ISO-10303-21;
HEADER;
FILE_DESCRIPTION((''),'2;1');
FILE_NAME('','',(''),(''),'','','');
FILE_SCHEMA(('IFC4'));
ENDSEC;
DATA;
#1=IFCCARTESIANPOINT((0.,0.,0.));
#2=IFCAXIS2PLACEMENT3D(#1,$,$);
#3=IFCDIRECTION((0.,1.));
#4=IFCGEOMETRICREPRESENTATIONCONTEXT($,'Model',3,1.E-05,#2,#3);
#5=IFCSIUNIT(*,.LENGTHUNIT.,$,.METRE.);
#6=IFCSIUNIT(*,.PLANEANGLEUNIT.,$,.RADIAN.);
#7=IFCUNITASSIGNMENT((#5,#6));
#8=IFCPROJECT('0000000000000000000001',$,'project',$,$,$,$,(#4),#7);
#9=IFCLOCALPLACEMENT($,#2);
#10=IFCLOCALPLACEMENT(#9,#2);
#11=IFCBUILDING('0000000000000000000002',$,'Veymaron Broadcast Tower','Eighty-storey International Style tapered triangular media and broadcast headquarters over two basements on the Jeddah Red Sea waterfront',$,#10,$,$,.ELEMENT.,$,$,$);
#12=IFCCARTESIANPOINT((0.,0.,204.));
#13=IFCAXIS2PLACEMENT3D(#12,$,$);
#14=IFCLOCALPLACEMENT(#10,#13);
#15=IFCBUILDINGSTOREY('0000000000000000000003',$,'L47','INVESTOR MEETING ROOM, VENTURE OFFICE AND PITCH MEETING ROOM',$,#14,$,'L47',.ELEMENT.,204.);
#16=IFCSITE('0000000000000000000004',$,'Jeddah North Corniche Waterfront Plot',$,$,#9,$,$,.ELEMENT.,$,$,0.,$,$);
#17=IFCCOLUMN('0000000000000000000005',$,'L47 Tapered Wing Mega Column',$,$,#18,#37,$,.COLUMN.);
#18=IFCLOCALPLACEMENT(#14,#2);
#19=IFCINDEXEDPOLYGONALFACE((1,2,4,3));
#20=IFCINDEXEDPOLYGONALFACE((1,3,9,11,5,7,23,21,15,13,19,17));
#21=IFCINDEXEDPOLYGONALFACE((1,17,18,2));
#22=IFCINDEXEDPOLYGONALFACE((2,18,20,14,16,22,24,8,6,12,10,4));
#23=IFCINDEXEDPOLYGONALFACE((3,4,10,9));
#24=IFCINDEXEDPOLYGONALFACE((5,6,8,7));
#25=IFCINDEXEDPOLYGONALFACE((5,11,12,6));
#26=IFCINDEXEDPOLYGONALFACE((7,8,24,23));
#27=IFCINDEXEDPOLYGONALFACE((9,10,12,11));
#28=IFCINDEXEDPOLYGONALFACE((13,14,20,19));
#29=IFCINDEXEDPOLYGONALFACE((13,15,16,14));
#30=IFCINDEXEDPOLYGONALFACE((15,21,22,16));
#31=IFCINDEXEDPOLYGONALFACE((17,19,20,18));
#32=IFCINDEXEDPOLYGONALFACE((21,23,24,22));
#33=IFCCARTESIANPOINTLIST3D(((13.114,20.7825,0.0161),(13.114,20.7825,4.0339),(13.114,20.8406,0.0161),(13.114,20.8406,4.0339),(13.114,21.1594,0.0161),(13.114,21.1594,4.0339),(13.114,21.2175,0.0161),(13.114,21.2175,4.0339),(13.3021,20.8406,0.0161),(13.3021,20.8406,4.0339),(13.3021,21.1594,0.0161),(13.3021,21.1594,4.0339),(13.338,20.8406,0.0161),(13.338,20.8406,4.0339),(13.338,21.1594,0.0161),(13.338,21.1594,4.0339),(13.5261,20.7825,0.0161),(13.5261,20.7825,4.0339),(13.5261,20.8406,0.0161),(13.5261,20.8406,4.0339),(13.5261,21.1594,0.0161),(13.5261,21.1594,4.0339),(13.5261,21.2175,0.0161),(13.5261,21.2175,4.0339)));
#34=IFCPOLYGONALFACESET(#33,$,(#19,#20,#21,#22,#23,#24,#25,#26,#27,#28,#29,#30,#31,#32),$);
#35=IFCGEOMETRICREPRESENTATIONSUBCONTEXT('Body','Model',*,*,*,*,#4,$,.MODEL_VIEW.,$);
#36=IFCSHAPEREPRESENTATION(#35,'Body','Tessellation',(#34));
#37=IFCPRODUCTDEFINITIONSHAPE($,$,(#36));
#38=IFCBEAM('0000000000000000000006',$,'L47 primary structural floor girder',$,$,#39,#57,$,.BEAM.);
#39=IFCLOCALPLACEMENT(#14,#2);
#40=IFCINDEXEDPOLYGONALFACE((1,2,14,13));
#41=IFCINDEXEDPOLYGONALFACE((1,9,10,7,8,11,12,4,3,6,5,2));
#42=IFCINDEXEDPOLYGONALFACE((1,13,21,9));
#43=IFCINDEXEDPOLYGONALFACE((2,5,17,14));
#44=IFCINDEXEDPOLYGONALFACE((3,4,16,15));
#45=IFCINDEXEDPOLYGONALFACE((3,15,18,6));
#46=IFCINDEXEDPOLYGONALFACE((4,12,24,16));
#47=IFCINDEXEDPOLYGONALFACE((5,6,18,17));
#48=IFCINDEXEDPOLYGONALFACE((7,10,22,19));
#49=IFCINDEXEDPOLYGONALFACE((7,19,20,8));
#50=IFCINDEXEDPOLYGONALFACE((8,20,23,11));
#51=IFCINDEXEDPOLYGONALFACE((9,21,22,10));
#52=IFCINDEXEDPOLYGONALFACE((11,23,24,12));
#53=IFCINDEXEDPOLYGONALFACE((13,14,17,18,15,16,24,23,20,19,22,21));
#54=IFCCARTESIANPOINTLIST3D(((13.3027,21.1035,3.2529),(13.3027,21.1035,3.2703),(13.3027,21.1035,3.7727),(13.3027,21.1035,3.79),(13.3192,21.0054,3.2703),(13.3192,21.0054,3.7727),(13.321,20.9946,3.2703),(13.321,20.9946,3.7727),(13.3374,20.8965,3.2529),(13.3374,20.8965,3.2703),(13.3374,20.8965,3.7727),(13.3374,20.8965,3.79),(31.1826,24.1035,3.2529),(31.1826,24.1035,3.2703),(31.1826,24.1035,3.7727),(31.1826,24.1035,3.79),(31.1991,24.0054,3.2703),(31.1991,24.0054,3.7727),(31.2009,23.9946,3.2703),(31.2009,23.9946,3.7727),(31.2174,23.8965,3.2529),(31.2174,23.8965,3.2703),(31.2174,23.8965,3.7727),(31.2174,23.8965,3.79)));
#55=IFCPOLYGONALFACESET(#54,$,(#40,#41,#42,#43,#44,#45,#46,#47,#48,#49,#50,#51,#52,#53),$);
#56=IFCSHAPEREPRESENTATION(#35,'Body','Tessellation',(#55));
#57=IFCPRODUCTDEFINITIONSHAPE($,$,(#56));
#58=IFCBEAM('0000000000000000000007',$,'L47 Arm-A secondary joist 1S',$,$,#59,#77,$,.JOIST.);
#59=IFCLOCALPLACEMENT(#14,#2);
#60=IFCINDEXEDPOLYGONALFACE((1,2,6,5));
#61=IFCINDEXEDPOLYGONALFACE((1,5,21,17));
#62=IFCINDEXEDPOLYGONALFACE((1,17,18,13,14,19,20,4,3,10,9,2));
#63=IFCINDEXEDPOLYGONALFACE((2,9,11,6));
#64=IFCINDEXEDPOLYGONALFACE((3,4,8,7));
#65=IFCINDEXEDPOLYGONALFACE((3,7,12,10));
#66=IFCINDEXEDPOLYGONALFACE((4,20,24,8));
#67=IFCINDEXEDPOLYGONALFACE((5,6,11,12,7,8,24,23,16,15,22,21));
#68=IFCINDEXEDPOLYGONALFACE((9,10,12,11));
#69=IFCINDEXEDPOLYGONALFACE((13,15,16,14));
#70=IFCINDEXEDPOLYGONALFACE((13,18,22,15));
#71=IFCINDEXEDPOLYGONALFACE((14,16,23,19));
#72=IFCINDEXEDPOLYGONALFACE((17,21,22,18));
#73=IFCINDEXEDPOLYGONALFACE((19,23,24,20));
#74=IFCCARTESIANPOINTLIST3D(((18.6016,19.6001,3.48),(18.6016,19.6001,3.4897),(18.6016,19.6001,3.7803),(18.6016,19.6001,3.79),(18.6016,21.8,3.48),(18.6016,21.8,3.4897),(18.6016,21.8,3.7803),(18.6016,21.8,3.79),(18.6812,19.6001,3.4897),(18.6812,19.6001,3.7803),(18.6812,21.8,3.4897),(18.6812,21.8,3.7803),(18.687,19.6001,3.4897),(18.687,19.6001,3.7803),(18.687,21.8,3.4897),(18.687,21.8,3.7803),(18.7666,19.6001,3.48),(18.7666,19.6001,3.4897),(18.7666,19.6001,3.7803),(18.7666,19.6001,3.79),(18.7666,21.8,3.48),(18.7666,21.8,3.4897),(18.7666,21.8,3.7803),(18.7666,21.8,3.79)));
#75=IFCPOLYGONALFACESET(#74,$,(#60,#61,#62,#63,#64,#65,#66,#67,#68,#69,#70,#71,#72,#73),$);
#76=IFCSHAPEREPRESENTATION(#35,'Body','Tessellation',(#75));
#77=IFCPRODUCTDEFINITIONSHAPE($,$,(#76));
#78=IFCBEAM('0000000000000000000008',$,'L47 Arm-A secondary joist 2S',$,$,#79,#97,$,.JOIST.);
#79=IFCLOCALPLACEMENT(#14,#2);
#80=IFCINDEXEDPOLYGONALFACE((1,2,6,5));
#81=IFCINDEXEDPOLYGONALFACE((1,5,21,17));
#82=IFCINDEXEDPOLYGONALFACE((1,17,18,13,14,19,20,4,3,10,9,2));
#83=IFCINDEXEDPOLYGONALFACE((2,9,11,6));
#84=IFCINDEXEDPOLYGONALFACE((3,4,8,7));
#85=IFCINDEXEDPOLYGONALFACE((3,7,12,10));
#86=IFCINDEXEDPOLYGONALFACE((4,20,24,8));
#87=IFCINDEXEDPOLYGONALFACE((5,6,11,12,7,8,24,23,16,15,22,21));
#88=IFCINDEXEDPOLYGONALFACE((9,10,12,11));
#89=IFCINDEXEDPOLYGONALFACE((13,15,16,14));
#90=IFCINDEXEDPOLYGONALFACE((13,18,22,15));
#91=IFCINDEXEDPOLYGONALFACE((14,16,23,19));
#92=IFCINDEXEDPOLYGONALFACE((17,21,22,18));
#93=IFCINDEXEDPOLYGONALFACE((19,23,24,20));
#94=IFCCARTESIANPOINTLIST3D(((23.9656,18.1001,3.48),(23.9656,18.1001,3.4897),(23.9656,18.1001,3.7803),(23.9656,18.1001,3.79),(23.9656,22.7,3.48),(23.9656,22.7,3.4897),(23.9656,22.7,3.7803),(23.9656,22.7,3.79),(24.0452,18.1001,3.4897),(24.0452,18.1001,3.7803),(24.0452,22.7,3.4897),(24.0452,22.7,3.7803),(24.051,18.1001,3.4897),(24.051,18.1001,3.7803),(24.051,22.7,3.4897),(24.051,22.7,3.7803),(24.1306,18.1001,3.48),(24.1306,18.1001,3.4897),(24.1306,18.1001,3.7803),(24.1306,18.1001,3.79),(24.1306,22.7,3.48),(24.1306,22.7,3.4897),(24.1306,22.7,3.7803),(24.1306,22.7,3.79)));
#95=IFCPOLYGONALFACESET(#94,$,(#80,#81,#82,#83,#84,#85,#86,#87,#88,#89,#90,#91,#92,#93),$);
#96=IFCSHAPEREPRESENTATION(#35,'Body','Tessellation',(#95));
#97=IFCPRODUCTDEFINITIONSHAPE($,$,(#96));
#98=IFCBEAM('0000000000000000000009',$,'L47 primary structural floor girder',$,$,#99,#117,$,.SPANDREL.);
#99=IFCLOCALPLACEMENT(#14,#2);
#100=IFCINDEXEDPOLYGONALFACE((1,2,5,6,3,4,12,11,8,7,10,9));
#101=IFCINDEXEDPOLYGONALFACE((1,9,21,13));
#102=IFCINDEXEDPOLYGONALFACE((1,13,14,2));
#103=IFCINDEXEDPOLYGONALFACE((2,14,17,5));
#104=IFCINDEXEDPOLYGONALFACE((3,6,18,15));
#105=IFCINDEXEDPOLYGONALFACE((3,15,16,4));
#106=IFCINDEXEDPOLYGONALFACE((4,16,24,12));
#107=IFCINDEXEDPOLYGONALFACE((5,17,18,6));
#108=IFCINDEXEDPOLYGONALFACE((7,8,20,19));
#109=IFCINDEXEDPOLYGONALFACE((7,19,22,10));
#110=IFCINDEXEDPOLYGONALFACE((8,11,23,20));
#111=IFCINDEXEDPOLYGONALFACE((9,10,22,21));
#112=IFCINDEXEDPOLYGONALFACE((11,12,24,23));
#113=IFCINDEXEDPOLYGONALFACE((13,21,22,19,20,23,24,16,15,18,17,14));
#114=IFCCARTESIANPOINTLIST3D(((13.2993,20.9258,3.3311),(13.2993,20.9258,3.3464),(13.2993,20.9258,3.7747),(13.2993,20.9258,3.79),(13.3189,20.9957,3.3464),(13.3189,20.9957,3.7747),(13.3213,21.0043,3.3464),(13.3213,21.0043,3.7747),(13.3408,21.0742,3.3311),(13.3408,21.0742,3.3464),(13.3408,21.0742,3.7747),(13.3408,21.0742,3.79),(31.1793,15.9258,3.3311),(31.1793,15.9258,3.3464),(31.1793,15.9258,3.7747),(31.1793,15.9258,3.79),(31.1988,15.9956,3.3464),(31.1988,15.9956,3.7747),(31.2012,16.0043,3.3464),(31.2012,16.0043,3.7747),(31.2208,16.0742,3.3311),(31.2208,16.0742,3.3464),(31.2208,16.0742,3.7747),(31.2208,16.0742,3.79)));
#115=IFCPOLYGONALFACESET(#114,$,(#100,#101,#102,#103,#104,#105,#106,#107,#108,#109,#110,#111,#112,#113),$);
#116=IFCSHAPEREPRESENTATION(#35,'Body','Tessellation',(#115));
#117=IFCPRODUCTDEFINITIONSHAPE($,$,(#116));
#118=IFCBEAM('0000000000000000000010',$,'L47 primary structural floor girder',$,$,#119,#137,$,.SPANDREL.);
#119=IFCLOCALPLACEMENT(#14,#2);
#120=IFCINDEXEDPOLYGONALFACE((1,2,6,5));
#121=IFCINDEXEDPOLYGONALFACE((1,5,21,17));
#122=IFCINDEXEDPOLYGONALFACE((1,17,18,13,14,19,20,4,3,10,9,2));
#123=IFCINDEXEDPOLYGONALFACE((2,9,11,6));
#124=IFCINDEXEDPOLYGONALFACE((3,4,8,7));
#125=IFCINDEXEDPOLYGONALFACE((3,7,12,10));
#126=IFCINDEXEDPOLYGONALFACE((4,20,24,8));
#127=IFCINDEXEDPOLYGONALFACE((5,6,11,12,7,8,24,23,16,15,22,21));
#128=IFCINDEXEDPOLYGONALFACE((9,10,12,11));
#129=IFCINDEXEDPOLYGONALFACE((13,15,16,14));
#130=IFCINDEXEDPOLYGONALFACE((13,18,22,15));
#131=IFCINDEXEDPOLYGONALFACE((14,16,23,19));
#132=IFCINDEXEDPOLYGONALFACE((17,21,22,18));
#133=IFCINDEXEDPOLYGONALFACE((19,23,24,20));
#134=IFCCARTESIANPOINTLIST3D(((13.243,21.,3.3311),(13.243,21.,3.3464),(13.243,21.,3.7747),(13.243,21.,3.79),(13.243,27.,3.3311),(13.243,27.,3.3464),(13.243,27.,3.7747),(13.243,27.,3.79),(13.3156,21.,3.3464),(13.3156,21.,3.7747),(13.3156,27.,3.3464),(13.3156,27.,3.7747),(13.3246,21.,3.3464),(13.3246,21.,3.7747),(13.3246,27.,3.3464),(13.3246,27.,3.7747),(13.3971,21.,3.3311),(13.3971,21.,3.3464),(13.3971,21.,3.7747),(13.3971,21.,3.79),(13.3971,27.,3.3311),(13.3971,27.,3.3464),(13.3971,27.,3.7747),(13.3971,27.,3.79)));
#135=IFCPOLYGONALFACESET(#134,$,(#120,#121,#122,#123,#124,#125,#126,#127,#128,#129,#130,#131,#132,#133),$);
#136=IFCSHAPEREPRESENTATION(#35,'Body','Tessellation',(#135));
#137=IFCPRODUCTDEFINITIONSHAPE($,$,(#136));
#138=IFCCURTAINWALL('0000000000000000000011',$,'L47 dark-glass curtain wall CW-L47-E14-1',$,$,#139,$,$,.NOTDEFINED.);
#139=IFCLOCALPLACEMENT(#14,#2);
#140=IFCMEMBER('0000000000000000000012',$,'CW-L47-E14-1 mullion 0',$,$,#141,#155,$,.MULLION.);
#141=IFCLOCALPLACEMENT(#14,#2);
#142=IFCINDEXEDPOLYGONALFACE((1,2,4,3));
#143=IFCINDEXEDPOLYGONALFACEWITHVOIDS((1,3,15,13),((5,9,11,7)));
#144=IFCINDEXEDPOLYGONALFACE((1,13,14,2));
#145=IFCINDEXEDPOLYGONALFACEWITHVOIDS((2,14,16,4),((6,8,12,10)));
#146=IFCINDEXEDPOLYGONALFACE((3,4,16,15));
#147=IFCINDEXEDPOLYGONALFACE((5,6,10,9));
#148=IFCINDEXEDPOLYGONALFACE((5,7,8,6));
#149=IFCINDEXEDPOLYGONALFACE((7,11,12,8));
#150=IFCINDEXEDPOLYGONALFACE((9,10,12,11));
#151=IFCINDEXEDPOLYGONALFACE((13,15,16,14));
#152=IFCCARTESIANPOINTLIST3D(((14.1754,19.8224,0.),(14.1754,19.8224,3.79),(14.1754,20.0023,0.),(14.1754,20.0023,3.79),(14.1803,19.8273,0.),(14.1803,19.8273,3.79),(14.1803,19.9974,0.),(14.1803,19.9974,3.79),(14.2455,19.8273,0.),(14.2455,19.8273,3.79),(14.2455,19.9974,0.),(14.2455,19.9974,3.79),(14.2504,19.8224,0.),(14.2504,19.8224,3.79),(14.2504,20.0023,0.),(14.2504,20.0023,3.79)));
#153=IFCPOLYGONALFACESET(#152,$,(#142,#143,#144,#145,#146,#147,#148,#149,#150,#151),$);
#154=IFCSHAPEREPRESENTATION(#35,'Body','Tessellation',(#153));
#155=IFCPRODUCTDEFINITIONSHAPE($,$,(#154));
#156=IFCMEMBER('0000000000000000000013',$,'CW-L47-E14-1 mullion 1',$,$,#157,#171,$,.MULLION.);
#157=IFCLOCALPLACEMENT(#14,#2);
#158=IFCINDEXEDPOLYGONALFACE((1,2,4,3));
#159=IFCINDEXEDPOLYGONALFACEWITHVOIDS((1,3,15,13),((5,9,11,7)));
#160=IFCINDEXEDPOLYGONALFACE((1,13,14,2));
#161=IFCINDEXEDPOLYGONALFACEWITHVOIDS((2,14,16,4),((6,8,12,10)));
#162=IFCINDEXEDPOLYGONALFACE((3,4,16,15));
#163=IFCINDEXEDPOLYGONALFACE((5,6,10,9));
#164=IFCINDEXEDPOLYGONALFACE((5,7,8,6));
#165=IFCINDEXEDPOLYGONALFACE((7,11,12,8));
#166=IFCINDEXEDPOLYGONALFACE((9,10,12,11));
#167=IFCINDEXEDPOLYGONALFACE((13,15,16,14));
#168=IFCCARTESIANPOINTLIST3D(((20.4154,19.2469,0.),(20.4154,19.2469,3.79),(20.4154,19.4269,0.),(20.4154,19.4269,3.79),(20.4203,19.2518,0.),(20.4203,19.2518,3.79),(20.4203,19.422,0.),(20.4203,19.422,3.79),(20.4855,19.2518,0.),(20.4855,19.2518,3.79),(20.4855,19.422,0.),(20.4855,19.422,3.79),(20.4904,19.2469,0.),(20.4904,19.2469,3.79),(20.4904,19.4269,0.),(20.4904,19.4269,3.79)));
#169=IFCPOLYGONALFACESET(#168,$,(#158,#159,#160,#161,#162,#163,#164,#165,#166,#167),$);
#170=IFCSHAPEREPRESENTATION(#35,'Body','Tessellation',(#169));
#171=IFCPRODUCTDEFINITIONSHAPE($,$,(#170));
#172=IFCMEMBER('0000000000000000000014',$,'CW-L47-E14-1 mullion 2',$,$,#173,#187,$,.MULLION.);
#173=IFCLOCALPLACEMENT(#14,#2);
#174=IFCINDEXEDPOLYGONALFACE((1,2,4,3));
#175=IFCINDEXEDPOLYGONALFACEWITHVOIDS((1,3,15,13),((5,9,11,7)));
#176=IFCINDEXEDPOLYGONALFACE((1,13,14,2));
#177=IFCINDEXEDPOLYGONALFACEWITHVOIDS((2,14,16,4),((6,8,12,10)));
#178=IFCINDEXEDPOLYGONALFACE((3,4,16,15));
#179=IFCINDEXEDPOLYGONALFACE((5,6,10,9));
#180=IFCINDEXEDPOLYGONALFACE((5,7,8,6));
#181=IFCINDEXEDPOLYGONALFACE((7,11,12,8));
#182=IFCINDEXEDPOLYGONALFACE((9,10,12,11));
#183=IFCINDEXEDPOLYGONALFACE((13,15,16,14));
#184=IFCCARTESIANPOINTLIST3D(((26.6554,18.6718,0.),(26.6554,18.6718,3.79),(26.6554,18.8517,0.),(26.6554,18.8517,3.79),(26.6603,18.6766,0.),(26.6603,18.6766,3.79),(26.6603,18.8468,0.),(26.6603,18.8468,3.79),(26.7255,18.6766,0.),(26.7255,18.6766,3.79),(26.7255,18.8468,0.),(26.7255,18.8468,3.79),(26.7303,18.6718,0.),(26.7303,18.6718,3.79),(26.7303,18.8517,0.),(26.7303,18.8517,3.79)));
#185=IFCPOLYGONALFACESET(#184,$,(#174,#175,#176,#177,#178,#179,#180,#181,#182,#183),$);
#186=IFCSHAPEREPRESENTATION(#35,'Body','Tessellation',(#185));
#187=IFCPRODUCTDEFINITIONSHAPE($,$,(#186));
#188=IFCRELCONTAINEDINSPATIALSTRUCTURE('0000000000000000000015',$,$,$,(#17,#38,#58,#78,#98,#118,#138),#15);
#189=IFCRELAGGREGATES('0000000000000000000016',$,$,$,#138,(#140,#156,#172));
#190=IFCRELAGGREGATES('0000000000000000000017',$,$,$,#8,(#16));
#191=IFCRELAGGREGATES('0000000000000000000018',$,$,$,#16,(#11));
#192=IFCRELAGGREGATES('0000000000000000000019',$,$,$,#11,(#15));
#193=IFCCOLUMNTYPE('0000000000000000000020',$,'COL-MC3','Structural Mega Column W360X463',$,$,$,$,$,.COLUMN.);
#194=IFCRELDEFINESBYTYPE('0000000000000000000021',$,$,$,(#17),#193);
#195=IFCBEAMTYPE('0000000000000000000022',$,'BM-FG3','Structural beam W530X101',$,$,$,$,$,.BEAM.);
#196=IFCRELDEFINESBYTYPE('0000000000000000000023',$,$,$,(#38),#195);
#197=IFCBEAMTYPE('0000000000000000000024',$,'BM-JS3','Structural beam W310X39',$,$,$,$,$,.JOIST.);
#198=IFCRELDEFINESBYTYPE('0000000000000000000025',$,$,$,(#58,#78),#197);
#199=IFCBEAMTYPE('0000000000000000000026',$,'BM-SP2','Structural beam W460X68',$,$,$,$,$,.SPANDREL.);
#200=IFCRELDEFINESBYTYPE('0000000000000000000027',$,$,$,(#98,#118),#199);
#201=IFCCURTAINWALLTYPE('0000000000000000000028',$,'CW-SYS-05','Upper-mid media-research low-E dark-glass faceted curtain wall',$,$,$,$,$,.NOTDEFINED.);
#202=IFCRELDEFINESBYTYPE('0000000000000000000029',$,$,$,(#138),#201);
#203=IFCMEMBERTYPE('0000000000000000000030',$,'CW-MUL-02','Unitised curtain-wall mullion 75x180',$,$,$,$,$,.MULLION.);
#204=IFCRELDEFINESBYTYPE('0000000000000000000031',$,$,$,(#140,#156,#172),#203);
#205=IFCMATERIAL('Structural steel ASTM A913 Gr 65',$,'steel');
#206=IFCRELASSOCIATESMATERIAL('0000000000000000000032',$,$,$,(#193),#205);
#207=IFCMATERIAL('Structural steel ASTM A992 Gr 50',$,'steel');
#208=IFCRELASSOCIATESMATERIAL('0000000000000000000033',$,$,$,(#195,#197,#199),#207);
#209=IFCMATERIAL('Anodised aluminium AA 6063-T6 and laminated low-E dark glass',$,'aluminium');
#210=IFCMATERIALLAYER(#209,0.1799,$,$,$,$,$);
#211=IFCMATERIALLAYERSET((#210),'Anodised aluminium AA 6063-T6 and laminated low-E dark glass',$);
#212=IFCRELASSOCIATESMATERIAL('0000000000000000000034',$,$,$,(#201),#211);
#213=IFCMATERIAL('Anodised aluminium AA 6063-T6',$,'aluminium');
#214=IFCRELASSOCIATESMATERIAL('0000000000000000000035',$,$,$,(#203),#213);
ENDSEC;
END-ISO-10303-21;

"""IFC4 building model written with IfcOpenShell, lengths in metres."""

from ifc_helpers import new_model, si_unit, direction, frame, origin, origin_2d, place, context, subcontext, project, spatial, hollow_rectangle, i_section, extrude, material, layer, layer_set, material_profile, profile_set, type_object, element, aggregate, save


model = new_model("IFC4")

# Units and contexts
model_context = context("Model", 3, precision=1e-05, world=origin(), true_north=direction((0.0, 1.0)))
body_context = subcontext(model_context, "Body", "Model", "MODEL_VIEW")
ifc_project = project(units=[si_unit("LENGTHUNIT", "METRE"), si_unit("PLANEANGLEUNIT", "RADIAN")], contexts=[model_context])

# Site, building, storey
site_placement = place(None, origin())
site = spatial("IfcSite", under=ifc_project, at=site_placement, Name="Jeddah North Corniche Waterfront Plot", CompositionType="ELEMENT", RefElevation=0.0)
building_placement = place(site_placement, origin())
building = spatial("IfcBuilding", under=site, at=building_placement, Name="Veymaron Broadcast Tower", Description="Eighty-storey International Style tapered triangular media and broadcast headquarters over two basements on the Jeddah Red Sea waterfront", CompositionType="ELEMENT")
storey_placement = place(building_placement, frame((0.0, 0.0, 204.0)))
storey = spatial("IfcBuildingStorey", under=building, at=storey_placement, Name="L47", Description="INVESTOR MEETING ROOM, VENTURE OFFICE AND PITCH MEETING ROOM", LongName="L47", CompositionType="ELEMENT", Elevation=204.0)

# Column
ifc_material_1 = material(Name="Structural steel ASTM A913 Gr 65", Category="steel")
ifc_material_profile_1 = material_profile(ifc_material_1, i_section(OverallWidth=0.4121, OverallDepth=0.4351, WebThickness=0.0359, FlangeThickness=0.0581, at=origin_2d()), Name="W360X463")
ifc_profile_set_1 = profile_set([ifc_material_profile_1], Name="Structural steel ASTM A913 Gr 65")
column_type = type_object("IfcColumnType", Name="COL-MC3", Description="Structural Mega Column W360X463", PredefinedType="COLUMN", material=ifc_profile_set_1)
column_placement = place(storey_placement, frame((13.3201, 21.0, 0.0161), z_axis=(0.0, 0.0, 1.0), x_axis=(1.0, 0.0, 0.0)))
element("IfcColumn", 1, at=column_placement, inside=storey, type_object=column_type, Name="L47 Tapered Wing Mega Column", PredefinedType="COLUMN", context=body_context, shape_type="SweptSolid", body=[
    extrude(i_section(OverallWidth=0.4121, OverallDepth=0.4351, WebThickness=0.0359, FlangeThickness=0.0581, at=origin_2d()), origin(), (0.0, 0.0, 1.0), 4.0178),
])

# Beams
ifc_material_2 = material(Name="Structural steel ASTM A992 Gr 50", Category="steel")
ifc_material_profile_2 = material_profile(ifc_material_2, i_section(OverallWidth=0.21, OverallDepth=0.5371, WebThickness=0.011, FlangeThickness=0.0173, at=origin_2d()), Name="W530X101")
ifc_profile_set_2 = profile_set([ifc_material_profile_2], Name="Structural steel ASTM A992 Gr 50")
beam_type_1 = type_object("IfcBeamType", Name="BM-FG3", Description="Structural beam W530X101", PredefinedType="BEAM", material=ifc_profile_set_2)
beam_1_placement = place(storey_placement, frame((13.3201, 21.0, 3.5215), z_axis=(0.986214, 0.165473, 0.0), x_axis=(-0.165473, 0.986214, 0.0)))
element("IfcBeam", 2, at=beam_1_placement, inside=storey, type_object=beam_type_1, Name="L47 primary structural floor girder", PredefinedType="BEAM", context=body_context, shape_type="SweptSolid", body=[
    extrude(i_section(OverallWidth=0.21, OverallDepth=0.5371, WebThickness=0.011, FlangeThickness=0.0173, at=origin_2d()), origin(), (0.0, 0.0, 1.0), 18.1299),
])
ifc_material_profile_3 = material_profile(ifc_material_2, i_section(OverallWidth=0.165, OverallDepth=0.3101, WebThickness=0.0059, FlangeThickness=0.0098, at=origin_2d()), Name="W310X39")
ifc_profile_set_3 = profile_set([ifc_material_profile_3], Name="Structural steel ASTM A992 Gr 50")
beam_type_2 = type_object("IfcBeamType", Name="BM-JS3", Description="Structural beam W310X39", PredefinedType="JOIST", material=ifc_profile_set_3)
beam_2_placement = place(storey_placement, frame((18.6841, 19.6001, 3.635), z_axis=(0.0, 1.0, 0.0), x_axis=(-1.0, 0.0, 0.0)))
element("IfcBeam", 3, at=beam_2_placement, inside=storey, type_object=beam_type_2, Name="L47 Arm-A secondary joist 1S", PredefinedType="JOIST", context=body_context, shape_type="SweptSolid", body=[
    extrude(i_section(OverallWidth=0.165, OverallDepth=0.3101, WebThickness=0.0059, FlangeThickness=0.0098, at=origin_2d()), origin(), (0.0, 0.0, 1.0), 2.2),
])
beam_3_placement = place(storey_placement, frame((24.0481, 18.1001, 3.635), z_axis=(0.0, 1.0, 0.0), x_axis=(-1.0, 0.0, 0.0)))
element("IfcBeam", 4, at=beam_3_placement, inside=storey, type_object=beam_type_2, Name="L47 Arm-A secondary joist 2S", PredefinedType="JOIST", context=body_context, shape_type="SweptSolid", body=[
    extrude(i_section(OverallWidth=0.165, OverallDepth=0.3101, WebThickness=0.0059, FlangeThickness=0.0098, at=origin_2d()), origin(), (0.0, 0.0, 1.0), 4.5999),
])
ifc_material_profile_4 = material_profile(ifc_material_2, i_section(OverallWidth=0.1541, OverallDepth=0.459, WebThickness=0.009, FlangeThickness=0.0154, at=origin_2d()), Name="W460X68")
ifc_profile_set_4 = profile_set([ifc_material_profile_4], Name="Structural steel ASTM A992 Gr 50")
beam_type_3 = type_object("IfcBeamType", Name="BM-SP2", Description="Structural beam W460X68", PredefinedType="SPANDREL", material=ifc_profile_set_4)
beam_4_placement = place(storey_placement, frame((13.3201, 21.0, 3.5605), z_axis=(0.963053, -0.269312, 0.0), x_axis=(0.269312, 0.963053, 0.0)))
element("IfcBeam", 5, at=beam_4_placement, inside=storey, type_object=beam_type_3, Name="L47 primary structural floor girder", PredefinedType="SPANDREL", context=body_context, shape_type="SweptSolid", body=[
    extrude(i_section(OverallWidth=0.1541, OverallDepth=0.459, WebThickness=0.009, FlangeThickness=0.0154, at=origin_2d()), origin(), (0.0, 0.0, 1.0), 18.5659),
])
beam_5_placement = place(storey_placement, frame((13.3201, 21.0, 3.5605), z_axis=(0.0, 1.0, 0.0), x_axis=(-1.0, 0.0, 0.0)))
element("IfcBeam", 6, at=beam_5_placement, inside=storey, type_object=beam_type_3, Name="L47 primary structural floor girder", PredefinedType="SPANDREL", context=body_context, shape_type="SweptSolid", body=[
    extrude(i_section(OverallWidth=0.1541, OverallDepth=0.459, WebThickness=0.009, FlangeThickness=0.0154, at=origin_2d()), origin(), (0.0, 0.0, 1.0), 6.0),
])

# Curtain wall, members
ifc_material_3 = material(Name="Anodised aluminium AA 6063-T6 and laminated low-E dark glass", Category="aluminium")
ifc_layer_1 = layer(ifc_material_3, 0.1799)
ifc_layer_set_1 = layer_set([ifc_layer_1], Name="Anodised aluminium AA 6063-T6 and laminated low-E dark glass")
curtain_wall_type = type_object("IfcCurtainWallType", Name="CW-SYS-05", Description="Upper-mid media-research low-E dark-glass faceted curtain wall", PredefinedType="NOTDEFINED", material=ifc_layer_set_1)
curtain_wall_placement = place(storey_placement, origin())
curtain_wall = element("IfcCurtainWall", 7, at=curtain_wall_placement, inside=storey, type_object=curtain_wall_type, Name="L47 dark-glass curtain wall CW-L47-E14-1", PredefinedType="NOTDEFINED")
ifc_material_4 = material(Name="Anodised aluminium AA 6063-T6", Category="aluminium")
ifc_material_profile_5 = material_profile(ifc_material_4, hollow_rectangle(XDim=0.075, YDim=0.1799, WallThickness=0.0049, at=origin_2d()), Name="AL180X75X5")
ifc_profile_set_5 = profile_set([ifc_material_profile_5], Name="Anodised aluminium AA 6063-T6")
member_type_1 = type_object("IfcMemberType", Name="CW-MUL-02", Description="Unitised curtain-wall mullion 75x180", PredefinedType="MULLION", material=ifc_profile_set_5)
member_1_placement = place(storey_placement, frame((14.2129, 19.9124, 0.0), z_axis=(0.0, 0.0, 1.0), x_axis=(1.0, 0.0, 0.0)))
member_1 = element("IfcMember", 8, at=member_1_placement, type_object=member_type_1, Name="CW-L47-E14-1 mullion 0", PredefinedType="MULLION", context=body_context, shape_type="SweptSolid", body=[
    extrude(hollow_rectangle(XDim=0.075, YDim=0.1799, WallThickness=0.0049, at=origin_2d()), origin(), (0.0, 0.0, 1.0), 3.79),
])
member_2_placement = place(storey_placement, frame((20.4529, 19.3369, 0.0), z_axis=(0.0, 0.0, 1.0), x_axis=(1.0, 0.0, 0.0)))
member_2 = element("IfcMember", 9, at=member_2_placement, type_object=member_type_1, Name="CW-L47-E14-1 mullion 1", PredefinedType="MULLION", context=body_context, shape_type="SweptSolid", body=[
    extrude(hollow_rectangle(XDim=0.075, YDim=0.1799, WallThickness=0.0049, at=origin_2d()), origin(), (0.0, 0.0, 1.0), 3.79),
])
member_3_placement = place(storey_placement, frame((26.6929, 18.7617, 0.0), z_axis=(0.0, 0.0, 1.0), x_axis=(1.0, 0.0, 0.0)))
member_3 = element("IfcMember", 10, at=member_3_placement, type_object=member_type_1, Name="CW-L47-E14-1 mullion 2", PredefinedType="MULLION", context=body_context, shape_type="SweptSolid", body=[
    extrude(hollow_rectangle(XDim=0.075, YDim=0.1799, WallThickness=0.0049, at=origin_2d()), origin(), (0.0, 0.0, 1.0), 3.79),
])
aggregate(curtain_wall, [member_1, member_2, member_3])

save(model, "model.ifc")
